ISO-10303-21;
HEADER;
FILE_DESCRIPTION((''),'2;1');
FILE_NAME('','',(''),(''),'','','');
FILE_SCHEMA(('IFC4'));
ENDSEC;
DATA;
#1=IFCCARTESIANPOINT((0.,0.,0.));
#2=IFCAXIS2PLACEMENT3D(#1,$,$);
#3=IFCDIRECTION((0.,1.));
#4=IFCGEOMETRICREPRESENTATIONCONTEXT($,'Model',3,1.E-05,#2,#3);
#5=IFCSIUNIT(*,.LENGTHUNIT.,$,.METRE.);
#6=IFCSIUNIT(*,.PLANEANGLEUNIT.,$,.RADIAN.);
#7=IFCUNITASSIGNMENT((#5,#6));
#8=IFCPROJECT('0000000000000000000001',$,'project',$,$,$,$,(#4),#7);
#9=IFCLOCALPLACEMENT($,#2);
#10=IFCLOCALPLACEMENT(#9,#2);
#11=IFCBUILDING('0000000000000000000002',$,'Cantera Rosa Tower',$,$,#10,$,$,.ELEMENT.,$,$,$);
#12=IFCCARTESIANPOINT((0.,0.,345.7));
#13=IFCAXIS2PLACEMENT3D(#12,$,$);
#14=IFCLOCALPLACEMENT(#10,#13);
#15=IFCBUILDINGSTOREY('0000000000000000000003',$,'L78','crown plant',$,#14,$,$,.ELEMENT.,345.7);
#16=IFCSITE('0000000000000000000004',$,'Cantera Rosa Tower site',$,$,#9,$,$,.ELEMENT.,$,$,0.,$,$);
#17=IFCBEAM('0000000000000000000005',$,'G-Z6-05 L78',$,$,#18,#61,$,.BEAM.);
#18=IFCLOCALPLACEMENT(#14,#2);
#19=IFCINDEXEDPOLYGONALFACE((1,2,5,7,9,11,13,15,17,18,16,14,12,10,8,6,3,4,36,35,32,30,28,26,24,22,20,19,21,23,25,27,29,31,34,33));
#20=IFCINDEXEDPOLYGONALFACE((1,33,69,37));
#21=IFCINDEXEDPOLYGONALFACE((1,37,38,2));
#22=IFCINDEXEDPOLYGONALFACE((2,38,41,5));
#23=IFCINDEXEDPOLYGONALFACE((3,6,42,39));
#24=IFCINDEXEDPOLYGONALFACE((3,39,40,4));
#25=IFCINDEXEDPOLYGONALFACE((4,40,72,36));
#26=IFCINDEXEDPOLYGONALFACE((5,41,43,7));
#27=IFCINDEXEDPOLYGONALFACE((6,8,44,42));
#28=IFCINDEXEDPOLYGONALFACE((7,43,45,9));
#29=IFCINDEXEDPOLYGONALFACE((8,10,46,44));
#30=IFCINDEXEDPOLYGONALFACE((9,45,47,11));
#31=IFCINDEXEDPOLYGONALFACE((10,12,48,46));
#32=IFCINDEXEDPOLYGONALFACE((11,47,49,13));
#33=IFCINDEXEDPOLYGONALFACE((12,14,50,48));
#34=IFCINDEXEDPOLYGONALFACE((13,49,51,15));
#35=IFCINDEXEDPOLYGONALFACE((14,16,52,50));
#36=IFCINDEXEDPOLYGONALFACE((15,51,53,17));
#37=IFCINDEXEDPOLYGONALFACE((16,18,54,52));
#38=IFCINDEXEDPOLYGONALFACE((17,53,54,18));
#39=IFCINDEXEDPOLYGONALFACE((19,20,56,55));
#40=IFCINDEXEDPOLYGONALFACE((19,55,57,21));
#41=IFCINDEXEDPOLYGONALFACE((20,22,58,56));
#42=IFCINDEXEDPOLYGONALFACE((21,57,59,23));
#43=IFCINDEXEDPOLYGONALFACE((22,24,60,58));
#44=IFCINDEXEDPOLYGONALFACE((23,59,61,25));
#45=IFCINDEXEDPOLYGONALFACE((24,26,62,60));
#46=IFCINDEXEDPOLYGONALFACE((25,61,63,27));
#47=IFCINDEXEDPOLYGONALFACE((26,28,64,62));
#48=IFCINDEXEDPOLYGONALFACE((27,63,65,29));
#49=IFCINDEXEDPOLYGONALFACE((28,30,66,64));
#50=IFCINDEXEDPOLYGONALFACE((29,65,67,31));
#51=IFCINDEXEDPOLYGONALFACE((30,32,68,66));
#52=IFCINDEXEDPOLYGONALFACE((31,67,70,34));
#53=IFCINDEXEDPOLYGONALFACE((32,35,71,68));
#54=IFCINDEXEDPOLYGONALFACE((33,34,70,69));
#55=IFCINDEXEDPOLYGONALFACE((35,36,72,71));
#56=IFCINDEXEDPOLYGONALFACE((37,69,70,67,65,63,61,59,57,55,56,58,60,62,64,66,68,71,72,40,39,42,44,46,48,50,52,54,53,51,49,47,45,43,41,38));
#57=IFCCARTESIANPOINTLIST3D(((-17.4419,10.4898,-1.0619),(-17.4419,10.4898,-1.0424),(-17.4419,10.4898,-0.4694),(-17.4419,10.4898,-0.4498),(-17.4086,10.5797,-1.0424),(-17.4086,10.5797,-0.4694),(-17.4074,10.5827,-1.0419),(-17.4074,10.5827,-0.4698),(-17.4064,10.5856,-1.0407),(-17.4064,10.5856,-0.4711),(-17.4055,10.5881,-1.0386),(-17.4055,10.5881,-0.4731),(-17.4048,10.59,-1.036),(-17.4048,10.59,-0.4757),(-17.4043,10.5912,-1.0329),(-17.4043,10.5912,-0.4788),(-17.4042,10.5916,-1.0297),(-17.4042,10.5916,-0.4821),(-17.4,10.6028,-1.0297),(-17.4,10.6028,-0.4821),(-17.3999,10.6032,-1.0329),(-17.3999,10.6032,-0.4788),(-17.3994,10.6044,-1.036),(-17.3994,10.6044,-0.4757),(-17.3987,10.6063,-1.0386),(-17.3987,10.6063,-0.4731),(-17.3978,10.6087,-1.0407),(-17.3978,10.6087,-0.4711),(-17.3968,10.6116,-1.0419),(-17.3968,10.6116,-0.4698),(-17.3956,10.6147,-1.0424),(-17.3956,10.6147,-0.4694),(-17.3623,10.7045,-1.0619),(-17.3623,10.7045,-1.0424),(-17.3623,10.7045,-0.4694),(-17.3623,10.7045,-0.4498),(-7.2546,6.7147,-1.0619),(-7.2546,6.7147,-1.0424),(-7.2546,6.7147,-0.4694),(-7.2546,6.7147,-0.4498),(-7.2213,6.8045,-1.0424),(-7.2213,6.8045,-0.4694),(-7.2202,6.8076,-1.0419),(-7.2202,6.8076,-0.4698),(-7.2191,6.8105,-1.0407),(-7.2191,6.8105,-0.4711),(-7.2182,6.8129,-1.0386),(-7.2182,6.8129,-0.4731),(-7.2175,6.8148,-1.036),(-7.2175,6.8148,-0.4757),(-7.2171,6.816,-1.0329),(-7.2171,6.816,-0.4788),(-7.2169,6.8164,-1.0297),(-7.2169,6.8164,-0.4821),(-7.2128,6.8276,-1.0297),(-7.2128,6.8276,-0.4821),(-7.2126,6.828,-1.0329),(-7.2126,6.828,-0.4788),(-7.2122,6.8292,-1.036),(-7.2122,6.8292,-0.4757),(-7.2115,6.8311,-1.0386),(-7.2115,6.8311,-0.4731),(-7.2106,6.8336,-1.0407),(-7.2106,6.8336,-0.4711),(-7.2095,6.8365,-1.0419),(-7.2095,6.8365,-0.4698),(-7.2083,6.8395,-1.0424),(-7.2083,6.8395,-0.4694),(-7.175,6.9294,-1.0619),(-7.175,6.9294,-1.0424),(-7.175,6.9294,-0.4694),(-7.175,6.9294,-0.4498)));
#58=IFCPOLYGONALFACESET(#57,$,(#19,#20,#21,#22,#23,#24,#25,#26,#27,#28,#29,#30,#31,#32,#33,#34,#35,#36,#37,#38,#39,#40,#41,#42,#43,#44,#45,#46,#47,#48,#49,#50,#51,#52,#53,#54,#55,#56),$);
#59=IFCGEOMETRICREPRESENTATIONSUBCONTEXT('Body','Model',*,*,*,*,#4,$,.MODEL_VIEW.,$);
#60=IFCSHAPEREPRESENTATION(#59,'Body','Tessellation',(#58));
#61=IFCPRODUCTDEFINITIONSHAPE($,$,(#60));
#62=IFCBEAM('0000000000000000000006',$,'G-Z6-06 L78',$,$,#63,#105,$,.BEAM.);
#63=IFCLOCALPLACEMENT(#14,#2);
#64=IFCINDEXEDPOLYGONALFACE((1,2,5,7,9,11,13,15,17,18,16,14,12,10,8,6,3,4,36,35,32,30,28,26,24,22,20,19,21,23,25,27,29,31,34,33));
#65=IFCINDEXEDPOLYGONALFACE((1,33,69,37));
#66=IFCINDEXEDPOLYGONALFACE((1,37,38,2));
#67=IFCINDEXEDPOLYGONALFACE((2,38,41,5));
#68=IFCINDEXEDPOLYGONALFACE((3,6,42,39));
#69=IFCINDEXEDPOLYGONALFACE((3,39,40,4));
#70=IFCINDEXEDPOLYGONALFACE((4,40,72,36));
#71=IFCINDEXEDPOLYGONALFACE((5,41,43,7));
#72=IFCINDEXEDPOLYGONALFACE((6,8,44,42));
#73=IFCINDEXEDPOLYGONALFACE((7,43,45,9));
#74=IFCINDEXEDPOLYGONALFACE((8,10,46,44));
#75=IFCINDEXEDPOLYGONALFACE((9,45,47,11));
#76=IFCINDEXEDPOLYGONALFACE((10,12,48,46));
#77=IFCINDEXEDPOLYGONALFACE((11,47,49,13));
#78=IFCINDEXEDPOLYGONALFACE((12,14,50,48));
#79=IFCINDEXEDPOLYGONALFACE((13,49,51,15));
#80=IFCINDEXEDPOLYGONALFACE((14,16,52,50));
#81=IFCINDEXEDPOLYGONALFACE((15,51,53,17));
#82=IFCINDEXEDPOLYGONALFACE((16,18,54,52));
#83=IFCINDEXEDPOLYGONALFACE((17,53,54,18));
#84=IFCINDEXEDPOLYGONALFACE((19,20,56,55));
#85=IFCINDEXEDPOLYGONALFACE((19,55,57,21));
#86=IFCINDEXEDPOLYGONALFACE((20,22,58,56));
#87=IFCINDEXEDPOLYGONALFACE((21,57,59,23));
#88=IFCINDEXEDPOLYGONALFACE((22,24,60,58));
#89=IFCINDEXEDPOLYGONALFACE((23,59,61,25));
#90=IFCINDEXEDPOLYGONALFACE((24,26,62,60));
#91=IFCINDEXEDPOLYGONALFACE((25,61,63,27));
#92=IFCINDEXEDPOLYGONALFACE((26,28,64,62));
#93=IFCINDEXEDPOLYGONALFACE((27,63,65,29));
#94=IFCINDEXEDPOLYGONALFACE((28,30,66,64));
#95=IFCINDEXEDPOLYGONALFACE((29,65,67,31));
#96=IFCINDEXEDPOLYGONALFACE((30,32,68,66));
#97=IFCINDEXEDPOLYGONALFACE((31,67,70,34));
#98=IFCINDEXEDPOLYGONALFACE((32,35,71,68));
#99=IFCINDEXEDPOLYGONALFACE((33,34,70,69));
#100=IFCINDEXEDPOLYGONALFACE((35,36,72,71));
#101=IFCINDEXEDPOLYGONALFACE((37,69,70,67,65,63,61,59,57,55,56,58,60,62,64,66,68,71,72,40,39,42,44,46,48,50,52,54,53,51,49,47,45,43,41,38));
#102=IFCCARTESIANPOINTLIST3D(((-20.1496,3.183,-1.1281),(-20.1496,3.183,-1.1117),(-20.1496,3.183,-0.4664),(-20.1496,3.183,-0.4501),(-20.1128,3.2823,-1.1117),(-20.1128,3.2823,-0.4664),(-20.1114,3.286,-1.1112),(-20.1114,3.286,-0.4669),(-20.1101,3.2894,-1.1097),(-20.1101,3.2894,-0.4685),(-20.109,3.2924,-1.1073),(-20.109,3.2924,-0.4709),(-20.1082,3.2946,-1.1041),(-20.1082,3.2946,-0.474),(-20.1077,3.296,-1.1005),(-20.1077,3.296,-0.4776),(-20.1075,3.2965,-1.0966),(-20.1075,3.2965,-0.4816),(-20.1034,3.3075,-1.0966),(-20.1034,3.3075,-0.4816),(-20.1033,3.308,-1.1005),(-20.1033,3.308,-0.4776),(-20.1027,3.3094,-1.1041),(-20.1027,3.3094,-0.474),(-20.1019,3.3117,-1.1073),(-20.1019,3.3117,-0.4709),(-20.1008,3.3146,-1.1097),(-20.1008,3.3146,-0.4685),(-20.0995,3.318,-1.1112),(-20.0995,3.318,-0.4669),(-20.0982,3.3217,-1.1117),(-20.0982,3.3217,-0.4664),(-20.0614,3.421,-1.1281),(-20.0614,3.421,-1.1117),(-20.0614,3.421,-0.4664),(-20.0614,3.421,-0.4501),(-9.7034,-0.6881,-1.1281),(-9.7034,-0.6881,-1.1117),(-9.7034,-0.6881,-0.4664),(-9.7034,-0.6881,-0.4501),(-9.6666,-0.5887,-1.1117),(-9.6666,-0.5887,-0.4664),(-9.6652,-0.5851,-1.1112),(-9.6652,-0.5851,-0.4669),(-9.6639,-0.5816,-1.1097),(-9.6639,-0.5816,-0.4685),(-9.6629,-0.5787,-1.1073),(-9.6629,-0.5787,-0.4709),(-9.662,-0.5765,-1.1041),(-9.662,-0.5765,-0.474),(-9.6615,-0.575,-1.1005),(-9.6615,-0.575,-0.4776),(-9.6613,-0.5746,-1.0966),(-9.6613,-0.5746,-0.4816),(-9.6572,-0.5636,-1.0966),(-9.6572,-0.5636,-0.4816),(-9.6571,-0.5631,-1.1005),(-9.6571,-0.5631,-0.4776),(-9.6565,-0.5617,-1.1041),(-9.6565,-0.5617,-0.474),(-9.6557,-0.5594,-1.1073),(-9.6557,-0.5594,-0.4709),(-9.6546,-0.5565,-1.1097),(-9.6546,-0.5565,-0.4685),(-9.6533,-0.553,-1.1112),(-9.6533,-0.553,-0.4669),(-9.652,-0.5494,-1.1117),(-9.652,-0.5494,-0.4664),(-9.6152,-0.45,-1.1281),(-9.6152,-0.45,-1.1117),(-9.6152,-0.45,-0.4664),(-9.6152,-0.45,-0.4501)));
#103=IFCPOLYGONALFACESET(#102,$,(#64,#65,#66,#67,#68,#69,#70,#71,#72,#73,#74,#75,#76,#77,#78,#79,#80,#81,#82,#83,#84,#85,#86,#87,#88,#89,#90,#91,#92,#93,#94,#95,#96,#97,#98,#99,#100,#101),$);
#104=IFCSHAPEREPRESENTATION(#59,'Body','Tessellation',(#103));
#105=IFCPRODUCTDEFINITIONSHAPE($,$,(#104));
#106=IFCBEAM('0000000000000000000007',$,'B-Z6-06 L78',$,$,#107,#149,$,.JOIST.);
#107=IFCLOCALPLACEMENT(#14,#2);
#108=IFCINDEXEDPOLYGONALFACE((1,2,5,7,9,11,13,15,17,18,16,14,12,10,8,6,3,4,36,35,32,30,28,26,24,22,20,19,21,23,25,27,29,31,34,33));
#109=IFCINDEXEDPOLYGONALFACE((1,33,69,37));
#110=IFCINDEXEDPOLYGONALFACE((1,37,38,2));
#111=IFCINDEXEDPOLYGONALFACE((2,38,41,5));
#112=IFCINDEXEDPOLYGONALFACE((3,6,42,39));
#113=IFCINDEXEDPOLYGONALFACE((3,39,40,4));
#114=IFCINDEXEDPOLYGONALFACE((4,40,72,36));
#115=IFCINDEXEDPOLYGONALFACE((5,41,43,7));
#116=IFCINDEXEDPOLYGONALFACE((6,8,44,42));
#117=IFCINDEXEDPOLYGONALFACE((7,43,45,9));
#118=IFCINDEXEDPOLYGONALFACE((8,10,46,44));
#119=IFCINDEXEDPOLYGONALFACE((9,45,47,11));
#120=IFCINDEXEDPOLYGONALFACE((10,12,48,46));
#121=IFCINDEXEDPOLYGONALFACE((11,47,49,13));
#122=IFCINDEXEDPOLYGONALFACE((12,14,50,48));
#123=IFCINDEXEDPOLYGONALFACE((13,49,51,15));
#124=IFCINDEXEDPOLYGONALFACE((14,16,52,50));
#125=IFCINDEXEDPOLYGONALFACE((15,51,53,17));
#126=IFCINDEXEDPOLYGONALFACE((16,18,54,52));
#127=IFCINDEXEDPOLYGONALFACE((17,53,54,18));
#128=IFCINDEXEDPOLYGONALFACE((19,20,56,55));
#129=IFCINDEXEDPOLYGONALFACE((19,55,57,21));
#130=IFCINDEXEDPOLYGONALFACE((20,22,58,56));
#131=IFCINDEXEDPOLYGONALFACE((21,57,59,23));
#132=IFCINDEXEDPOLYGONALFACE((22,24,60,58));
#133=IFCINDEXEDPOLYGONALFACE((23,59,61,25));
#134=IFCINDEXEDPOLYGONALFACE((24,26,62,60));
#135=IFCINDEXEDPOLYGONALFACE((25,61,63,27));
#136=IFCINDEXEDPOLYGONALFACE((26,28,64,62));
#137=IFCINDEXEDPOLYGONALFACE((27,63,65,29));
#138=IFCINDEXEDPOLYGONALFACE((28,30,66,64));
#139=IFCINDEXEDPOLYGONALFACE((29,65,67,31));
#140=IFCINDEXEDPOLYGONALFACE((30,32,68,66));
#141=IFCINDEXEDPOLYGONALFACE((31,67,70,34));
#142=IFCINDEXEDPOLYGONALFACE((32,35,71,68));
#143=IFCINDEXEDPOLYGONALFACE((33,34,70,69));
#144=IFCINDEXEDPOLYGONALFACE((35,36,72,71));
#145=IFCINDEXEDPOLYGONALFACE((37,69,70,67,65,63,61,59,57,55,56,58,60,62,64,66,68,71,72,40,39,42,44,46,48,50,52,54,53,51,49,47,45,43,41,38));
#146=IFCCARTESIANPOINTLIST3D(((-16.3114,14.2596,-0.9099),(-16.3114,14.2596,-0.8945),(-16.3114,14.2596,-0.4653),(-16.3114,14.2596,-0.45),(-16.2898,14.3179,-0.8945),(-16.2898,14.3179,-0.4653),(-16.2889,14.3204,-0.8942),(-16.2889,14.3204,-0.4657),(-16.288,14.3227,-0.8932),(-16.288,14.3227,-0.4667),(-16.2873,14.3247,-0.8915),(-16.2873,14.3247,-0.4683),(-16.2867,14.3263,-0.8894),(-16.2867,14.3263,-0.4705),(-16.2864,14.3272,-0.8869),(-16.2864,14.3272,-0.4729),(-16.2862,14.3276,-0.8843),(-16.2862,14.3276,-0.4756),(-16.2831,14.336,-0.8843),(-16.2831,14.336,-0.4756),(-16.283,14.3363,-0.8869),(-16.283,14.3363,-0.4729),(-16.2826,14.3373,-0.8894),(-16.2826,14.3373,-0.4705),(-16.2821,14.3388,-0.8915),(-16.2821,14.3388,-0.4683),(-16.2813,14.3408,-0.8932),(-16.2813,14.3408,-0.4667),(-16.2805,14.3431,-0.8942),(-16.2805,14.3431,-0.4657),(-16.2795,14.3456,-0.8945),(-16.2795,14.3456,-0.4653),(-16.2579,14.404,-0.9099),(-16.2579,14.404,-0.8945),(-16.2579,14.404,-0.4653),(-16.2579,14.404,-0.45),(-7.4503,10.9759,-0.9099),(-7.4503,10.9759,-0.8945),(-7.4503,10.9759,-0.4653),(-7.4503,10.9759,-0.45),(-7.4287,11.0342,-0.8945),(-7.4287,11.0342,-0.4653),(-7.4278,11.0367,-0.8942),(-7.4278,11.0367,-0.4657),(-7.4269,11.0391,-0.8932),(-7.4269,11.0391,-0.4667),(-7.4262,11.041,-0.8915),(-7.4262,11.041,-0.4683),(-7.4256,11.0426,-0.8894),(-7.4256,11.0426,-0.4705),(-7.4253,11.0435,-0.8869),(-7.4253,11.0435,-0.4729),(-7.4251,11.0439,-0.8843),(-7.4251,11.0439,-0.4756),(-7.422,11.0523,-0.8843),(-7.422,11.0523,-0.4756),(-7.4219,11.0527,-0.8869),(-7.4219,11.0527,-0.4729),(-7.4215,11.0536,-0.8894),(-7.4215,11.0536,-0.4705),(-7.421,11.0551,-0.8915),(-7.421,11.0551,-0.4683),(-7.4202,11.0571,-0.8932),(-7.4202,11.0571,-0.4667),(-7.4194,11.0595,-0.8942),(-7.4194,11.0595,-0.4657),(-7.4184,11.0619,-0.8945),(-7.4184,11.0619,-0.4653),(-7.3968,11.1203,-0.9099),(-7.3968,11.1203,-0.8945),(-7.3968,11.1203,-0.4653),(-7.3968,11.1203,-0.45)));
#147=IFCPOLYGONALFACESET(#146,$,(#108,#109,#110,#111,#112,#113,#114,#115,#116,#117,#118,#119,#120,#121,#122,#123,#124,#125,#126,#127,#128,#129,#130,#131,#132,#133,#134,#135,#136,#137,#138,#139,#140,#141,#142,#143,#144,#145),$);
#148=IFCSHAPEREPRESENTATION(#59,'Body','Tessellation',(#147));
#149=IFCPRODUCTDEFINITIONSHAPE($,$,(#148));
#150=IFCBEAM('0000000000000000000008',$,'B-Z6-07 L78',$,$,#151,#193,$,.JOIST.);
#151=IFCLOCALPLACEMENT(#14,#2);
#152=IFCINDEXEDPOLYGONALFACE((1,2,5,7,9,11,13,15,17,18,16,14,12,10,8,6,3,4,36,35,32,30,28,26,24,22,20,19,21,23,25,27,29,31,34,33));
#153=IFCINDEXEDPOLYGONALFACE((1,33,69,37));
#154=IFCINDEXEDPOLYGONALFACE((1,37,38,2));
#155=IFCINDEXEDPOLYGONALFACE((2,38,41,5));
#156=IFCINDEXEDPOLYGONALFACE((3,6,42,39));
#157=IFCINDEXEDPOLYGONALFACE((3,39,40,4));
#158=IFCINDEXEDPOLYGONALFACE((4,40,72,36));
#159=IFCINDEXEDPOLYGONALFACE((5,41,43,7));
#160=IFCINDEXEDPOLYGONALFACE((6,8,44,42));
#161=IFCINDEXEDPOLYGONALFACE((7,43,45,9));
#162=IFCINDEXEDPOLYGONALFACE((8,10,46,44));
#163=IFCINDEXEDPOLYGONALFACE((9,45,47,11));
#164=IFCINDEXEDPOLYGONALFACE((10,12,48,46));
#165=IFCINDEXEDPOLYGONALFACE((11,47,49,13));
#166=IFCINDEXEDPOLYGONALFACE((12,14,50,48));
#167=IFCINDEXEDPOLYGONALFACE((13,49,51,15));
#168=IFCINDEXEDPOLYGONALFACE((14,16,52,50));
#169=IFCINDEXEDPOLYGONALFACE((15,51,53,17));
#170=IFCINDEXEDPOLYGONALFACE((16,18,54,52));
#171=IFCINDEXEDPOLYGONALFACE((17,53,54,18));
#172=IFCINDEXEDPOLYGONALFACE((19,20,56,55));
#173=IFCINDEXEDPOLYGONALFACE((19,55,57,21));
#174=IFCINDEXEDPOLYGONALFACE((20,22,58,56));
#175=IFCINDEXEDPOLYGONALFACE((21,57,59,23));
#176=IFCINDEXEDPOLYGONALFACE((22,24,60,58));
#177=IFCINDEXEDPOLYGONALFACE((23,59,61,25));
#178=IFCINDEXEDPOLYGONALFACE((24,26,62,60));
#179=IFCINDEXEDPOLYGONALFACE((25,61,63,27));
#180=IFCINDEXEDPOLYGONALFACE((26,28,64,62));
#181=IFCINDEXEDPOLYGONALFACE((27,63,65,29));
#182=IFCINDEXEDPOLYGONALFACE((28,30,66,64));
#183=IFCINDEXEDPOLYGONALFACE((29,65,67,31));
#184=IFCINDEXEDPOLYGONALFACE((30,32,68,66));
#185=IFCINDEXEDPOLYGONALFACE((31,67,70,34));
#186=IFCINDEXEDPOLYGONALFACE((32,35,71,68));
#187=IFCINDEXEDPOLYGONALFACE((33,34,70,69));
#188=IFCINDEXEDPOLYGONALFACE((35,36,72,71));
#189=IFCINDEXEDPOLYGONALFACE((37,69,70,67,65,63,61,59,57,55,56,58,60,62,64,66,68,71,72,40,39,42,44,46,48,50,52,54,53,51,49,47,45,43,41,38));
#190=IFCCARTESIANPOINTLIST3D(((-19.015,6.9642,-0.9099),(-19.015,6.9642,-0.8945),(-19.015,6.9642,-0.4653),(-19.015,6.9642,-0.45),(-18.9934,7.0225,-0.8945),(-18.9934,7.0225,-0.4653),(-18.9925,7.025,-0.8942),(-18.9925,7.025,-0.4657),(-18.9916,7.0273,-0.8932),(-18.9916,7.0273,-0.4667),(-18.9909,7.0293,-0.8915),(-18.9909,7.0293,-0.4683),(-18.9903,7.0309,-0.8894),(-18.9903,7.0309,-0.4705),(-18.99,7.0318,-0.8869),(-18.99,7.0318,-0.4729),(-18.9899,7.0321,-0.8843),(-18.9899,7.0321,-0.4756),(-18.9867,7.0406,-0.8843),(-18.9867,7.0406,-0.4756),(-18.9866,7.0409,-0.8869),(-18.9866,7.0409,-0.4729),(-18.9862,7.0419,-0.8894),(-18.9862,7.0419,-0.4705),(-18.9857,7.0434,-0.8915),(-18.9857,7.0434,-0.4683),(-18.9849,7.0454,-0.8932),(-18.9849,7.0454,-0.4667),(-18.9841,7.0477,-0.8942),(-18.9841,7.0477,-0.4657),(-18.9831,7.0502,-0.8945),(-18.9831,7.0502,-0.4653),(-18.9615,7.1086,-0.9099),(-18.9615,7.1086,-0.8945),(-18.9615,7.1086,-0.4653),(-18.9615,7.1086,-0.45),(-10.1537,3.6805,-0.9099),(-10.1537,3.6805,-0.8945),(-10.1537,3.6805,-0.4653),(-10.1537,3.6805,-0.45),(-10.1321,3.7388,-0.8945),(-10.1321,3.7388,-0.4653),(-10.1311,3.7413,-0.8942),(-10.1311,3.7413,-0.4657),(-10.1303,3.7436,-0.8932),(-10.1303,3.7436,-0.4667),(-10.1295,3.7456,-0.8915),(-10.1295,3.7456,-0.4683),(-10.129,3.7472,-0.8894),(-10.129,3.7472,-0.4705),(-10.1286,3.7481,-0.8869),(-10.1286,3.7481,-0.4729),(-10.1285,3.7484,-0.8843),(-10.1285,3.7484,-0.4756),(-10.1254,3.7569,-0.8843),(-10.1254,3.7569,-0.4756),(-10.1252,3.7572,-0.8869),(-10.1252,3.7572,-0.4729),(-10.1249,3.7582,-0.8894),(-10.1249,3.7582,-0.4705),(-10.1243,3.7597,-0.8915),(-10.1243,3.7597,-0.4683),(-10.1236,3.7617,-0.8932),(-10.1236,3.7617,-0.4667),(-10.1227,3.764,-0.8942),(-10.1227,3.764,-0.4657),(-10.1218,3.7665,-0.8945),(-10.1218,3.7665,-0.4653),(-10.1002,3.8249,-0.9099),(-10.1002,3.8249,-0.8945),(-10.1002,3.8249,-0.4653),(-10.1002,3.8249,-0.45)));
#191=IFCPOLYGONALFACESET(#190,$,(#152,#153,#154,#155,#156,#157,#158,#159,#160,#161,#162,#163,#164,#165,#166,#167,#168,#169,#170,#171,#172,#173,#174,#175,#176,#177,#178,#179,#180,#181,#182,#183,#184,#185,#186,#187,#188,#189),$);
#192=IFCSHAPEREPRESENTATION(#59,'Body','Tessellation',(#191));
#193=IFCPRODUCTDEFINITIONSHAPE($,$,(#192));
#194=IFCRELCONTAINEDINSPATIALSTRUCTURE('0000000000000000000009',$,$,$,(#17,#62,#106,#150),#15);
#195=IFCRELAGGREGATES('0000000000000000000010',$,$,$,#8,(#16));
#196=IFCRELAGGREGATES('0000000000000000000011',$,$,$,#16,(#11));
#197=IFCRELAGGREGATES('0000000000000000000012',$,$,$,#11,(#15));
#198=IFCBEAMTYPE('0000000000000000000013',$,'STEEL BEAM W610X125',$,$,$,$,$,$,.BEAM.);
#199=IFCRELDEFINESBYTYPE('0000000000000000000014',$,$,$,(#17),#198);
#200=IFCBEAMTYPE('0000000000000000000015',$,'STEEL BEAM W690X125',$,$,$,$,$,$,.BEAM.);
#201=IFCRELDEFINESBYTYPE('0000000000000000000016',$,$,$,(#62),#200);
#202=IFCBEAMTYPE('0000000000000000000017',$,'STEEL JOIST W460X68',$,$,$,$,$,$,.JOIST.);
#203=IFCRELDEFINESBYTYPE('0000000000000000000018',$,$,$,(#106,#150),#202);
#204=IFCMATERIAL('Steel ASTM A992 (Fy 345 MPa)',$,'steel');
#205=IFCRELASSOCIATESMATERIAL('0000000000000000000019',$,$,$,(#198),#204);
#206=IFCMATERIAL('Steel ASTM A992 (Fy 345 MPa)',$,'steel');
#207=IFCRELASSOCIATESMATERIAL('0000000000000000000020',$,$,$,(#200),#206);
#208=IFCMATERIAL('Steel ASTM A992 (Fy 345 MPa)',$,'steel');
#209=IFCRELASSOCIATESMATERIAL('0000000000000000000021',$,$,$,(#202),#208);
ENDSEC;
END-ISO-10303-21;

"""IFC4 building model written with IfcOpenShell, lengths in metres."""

from ifc_helpers import new_model, si_unit, direction, frame, origin, origin_2d, place, context, subcontext, project, spatial, i_section, extrude, material, material_profile, profile_set, type_object, element, save


model = new_model("IFC4")

# Units and contexts
model_context = context("Model", 3, precision=1e-05, world=origin(), true_north=direction((0.0, 1.0)))
body_context = subcontext(model_context, "Body", "Model", "MODEL_VIEW")
ifc_project = project(units=[si_unit("LENGTHUNIT", "METRE"), si_unit("PLANEANGLEUNIT", "RADIAN")], contexts=[model_context])

# Site, building, storey
site_placement = place(None, origin())
site = spatial("IfcSite", under=ifc_project, at=site_placement, Name="Cantera Rosa Tower site", CompositionType="ELEMENT", RefElevation=0.0)
building_placement = place(site_placement, origin())
building = spatial("IfcBuilding", under=site, at=building_placement, Name="Cantera Rosa Tower", CompositionType="ELEMENT")
storey_placement = place(building_placement, frame((0.0, 0.0, 345.7)))
storey = spatial("IfcBuildingStorey", under=building, at=storey_placement, Name="L78", Description="crown plant", CompositionType="ELEMENT", Elevation=345.7)

# Beams
ifc_material_1 = material(Name="Steel ASTM A992 (Fy 345 MPa)", Category="steel")
ifc_material_profile_1 = material_profile(ifc_material_1, i_section(OverallWidth=0.229, OverallDepth=0.6121, WebThickness=0.012, FlangeThickness=0.0195, FilletRadius=0.0127, at=origin_2d()), Name="W610X125")
ifc_profile_set_1 = profile_set([ifc_material_profile_1], Name="Steel ASTM A992 (Fy 345 MPa)")
beam_type_1 = type_object("IfcBeamType", Name="STEEL BEAM W610X125", PredefinedType="BEAM", material=ifc_profile_set_1)
beam_1_placement = place(storey_placement, frame((-17.4021, 10.5972, -0.7559), z_axis=(0.937686, -0.347483, 0.0), x_axis=(0.347483, 0.937686, 0.0)))
element("IfcBeam", 1, at=beam_1_placement, inside=storey, type_object=beam_type_1, Name="G-Z6-05 L78", PredefinedType="BEAM", context=body_context, shape_type="SweptSolid", body=[
    extrude(i_section(OverallWidth=0.229, OverallDepth=0.6121, WebThickness=0.012, FlangeThickness=0.0195, FilletRadius=0.0127, at=origin_2d()), origin(), (0.0, 0.0, 1.0), 10.8643),
])
ifc_material_2 = material(Name="Steel ASTM A992 (Fy 345 MPa)", Category="steel")
ifc_material_profile_2 = material_profile(ifc_material_2, i_section(OverallWidth=0.2539, OverallDepth=0.678, WebThickness=0.0117, FlangeThickness=0.0164, FilletRadius=0.0151, at=origin_2d()), Name="W690X125")
ifc_profile_set_2 = profile_set([ifc_material_profile_2], Name="Steel ASTM A992 (Fy 345 MPa)")
beam_type_2 = type_object("IfcBeamType", Name="STEEL BEAM W690X125", PredefinedType="BEAM", material=ifc_profile_set_2)
beam_2_placement = place(storey_placement, frame((-20.1055, 3.302, -0.7891), z_axis=(0.937687, -0.34748, 0.0), x_axis=(0.34748, 0.937687, 0.0)))
element("IfcBeam", 2, at=beam_2_placement, inside=storey, type_object=beam_type_2, Name="G-Z6-06 L78", PredefinedType="BEAM", context=body_context, shape_type="SweptSolid", body=[
    extrude(i_section(OverallWidth=0.2539, OverallDepth=0.678, WebThickness=0.0117, FlangeThickness=0.0164, FilletRadius=0.0151, at=origin_2d()), origin(), (0.0, 0.0, 1.0), 11.1404),
])
ifc_material_3 = material(Name="Steel ASTM A992 (Fy 345 MPa)", Category="steel")
ifc_material_profile_3 = material_profile(ifc_material_3, i_section(OverallWidth=0.1541, OverallDepth=0.46, WebThickness=0.009, FlangeThickness=0.0154, FilletRadius=0.0103, at=origin_2d()), Name="W460X68")
ifc_profile_set_3 = profile_set([ifc_material_profile_3], Name="Steel ASTM A992 (Fy 345 MPa)")
beam_type_3 = type_object("IfcBeamType", Name="STEEL JOIST W460X68", PredefinedType="JOIST", material=ifc_profile_set_3)
beam_3_placement = place(storey_placement, frame((-16.2847, 14.3318, -0.6799), z_axis=(0.937686, -0.347483, 0.0), x_axis=(0.347483, 0.937686, 0.0)))
element("IfcBeam", 3, at=beam_3_placement, inside=storey, type_object=beam_type_3, Name="B-Z6-06 L78", PredefinedType="JOIST", context=body_context, shape_type="SweptSolid", body=[
    extrude(i_section(OverallWidth=0.1541, OverallDepth=0.46, WebThickness=0.009, FlangeThickness=0.0154, FilletRadius=0.0103, at=origin_2d()), origin(), (0.0, 0.0, 1.0), 9.45),
])
beam_4_placement = place(storey_placement, frame((-18.9883, 7.0364, -0.6799), z_axis=(0.93769, -0.347474, 0.0), x_axis=(0.347474, 0.93769, 0.0)))
element("IfcBeam", 4, at=beam_4_placement, inside=storey, type_object=beam_type_3, Name="B-Z6-07 L78", PredefinedType="JOIST", context=body_context, shape_type="SweptSolid", body=[
    extrude(i_section(OverallWidth=0.1541, OverallDepth=0.46, WebThickness=0.009, FlangeThickness=0.0154, FilletRadius=0.0103, at=origin_2d()), origin(), (0.0, 0.0, 1.0), 9.4502),
])

save(model, "model.ifc")
